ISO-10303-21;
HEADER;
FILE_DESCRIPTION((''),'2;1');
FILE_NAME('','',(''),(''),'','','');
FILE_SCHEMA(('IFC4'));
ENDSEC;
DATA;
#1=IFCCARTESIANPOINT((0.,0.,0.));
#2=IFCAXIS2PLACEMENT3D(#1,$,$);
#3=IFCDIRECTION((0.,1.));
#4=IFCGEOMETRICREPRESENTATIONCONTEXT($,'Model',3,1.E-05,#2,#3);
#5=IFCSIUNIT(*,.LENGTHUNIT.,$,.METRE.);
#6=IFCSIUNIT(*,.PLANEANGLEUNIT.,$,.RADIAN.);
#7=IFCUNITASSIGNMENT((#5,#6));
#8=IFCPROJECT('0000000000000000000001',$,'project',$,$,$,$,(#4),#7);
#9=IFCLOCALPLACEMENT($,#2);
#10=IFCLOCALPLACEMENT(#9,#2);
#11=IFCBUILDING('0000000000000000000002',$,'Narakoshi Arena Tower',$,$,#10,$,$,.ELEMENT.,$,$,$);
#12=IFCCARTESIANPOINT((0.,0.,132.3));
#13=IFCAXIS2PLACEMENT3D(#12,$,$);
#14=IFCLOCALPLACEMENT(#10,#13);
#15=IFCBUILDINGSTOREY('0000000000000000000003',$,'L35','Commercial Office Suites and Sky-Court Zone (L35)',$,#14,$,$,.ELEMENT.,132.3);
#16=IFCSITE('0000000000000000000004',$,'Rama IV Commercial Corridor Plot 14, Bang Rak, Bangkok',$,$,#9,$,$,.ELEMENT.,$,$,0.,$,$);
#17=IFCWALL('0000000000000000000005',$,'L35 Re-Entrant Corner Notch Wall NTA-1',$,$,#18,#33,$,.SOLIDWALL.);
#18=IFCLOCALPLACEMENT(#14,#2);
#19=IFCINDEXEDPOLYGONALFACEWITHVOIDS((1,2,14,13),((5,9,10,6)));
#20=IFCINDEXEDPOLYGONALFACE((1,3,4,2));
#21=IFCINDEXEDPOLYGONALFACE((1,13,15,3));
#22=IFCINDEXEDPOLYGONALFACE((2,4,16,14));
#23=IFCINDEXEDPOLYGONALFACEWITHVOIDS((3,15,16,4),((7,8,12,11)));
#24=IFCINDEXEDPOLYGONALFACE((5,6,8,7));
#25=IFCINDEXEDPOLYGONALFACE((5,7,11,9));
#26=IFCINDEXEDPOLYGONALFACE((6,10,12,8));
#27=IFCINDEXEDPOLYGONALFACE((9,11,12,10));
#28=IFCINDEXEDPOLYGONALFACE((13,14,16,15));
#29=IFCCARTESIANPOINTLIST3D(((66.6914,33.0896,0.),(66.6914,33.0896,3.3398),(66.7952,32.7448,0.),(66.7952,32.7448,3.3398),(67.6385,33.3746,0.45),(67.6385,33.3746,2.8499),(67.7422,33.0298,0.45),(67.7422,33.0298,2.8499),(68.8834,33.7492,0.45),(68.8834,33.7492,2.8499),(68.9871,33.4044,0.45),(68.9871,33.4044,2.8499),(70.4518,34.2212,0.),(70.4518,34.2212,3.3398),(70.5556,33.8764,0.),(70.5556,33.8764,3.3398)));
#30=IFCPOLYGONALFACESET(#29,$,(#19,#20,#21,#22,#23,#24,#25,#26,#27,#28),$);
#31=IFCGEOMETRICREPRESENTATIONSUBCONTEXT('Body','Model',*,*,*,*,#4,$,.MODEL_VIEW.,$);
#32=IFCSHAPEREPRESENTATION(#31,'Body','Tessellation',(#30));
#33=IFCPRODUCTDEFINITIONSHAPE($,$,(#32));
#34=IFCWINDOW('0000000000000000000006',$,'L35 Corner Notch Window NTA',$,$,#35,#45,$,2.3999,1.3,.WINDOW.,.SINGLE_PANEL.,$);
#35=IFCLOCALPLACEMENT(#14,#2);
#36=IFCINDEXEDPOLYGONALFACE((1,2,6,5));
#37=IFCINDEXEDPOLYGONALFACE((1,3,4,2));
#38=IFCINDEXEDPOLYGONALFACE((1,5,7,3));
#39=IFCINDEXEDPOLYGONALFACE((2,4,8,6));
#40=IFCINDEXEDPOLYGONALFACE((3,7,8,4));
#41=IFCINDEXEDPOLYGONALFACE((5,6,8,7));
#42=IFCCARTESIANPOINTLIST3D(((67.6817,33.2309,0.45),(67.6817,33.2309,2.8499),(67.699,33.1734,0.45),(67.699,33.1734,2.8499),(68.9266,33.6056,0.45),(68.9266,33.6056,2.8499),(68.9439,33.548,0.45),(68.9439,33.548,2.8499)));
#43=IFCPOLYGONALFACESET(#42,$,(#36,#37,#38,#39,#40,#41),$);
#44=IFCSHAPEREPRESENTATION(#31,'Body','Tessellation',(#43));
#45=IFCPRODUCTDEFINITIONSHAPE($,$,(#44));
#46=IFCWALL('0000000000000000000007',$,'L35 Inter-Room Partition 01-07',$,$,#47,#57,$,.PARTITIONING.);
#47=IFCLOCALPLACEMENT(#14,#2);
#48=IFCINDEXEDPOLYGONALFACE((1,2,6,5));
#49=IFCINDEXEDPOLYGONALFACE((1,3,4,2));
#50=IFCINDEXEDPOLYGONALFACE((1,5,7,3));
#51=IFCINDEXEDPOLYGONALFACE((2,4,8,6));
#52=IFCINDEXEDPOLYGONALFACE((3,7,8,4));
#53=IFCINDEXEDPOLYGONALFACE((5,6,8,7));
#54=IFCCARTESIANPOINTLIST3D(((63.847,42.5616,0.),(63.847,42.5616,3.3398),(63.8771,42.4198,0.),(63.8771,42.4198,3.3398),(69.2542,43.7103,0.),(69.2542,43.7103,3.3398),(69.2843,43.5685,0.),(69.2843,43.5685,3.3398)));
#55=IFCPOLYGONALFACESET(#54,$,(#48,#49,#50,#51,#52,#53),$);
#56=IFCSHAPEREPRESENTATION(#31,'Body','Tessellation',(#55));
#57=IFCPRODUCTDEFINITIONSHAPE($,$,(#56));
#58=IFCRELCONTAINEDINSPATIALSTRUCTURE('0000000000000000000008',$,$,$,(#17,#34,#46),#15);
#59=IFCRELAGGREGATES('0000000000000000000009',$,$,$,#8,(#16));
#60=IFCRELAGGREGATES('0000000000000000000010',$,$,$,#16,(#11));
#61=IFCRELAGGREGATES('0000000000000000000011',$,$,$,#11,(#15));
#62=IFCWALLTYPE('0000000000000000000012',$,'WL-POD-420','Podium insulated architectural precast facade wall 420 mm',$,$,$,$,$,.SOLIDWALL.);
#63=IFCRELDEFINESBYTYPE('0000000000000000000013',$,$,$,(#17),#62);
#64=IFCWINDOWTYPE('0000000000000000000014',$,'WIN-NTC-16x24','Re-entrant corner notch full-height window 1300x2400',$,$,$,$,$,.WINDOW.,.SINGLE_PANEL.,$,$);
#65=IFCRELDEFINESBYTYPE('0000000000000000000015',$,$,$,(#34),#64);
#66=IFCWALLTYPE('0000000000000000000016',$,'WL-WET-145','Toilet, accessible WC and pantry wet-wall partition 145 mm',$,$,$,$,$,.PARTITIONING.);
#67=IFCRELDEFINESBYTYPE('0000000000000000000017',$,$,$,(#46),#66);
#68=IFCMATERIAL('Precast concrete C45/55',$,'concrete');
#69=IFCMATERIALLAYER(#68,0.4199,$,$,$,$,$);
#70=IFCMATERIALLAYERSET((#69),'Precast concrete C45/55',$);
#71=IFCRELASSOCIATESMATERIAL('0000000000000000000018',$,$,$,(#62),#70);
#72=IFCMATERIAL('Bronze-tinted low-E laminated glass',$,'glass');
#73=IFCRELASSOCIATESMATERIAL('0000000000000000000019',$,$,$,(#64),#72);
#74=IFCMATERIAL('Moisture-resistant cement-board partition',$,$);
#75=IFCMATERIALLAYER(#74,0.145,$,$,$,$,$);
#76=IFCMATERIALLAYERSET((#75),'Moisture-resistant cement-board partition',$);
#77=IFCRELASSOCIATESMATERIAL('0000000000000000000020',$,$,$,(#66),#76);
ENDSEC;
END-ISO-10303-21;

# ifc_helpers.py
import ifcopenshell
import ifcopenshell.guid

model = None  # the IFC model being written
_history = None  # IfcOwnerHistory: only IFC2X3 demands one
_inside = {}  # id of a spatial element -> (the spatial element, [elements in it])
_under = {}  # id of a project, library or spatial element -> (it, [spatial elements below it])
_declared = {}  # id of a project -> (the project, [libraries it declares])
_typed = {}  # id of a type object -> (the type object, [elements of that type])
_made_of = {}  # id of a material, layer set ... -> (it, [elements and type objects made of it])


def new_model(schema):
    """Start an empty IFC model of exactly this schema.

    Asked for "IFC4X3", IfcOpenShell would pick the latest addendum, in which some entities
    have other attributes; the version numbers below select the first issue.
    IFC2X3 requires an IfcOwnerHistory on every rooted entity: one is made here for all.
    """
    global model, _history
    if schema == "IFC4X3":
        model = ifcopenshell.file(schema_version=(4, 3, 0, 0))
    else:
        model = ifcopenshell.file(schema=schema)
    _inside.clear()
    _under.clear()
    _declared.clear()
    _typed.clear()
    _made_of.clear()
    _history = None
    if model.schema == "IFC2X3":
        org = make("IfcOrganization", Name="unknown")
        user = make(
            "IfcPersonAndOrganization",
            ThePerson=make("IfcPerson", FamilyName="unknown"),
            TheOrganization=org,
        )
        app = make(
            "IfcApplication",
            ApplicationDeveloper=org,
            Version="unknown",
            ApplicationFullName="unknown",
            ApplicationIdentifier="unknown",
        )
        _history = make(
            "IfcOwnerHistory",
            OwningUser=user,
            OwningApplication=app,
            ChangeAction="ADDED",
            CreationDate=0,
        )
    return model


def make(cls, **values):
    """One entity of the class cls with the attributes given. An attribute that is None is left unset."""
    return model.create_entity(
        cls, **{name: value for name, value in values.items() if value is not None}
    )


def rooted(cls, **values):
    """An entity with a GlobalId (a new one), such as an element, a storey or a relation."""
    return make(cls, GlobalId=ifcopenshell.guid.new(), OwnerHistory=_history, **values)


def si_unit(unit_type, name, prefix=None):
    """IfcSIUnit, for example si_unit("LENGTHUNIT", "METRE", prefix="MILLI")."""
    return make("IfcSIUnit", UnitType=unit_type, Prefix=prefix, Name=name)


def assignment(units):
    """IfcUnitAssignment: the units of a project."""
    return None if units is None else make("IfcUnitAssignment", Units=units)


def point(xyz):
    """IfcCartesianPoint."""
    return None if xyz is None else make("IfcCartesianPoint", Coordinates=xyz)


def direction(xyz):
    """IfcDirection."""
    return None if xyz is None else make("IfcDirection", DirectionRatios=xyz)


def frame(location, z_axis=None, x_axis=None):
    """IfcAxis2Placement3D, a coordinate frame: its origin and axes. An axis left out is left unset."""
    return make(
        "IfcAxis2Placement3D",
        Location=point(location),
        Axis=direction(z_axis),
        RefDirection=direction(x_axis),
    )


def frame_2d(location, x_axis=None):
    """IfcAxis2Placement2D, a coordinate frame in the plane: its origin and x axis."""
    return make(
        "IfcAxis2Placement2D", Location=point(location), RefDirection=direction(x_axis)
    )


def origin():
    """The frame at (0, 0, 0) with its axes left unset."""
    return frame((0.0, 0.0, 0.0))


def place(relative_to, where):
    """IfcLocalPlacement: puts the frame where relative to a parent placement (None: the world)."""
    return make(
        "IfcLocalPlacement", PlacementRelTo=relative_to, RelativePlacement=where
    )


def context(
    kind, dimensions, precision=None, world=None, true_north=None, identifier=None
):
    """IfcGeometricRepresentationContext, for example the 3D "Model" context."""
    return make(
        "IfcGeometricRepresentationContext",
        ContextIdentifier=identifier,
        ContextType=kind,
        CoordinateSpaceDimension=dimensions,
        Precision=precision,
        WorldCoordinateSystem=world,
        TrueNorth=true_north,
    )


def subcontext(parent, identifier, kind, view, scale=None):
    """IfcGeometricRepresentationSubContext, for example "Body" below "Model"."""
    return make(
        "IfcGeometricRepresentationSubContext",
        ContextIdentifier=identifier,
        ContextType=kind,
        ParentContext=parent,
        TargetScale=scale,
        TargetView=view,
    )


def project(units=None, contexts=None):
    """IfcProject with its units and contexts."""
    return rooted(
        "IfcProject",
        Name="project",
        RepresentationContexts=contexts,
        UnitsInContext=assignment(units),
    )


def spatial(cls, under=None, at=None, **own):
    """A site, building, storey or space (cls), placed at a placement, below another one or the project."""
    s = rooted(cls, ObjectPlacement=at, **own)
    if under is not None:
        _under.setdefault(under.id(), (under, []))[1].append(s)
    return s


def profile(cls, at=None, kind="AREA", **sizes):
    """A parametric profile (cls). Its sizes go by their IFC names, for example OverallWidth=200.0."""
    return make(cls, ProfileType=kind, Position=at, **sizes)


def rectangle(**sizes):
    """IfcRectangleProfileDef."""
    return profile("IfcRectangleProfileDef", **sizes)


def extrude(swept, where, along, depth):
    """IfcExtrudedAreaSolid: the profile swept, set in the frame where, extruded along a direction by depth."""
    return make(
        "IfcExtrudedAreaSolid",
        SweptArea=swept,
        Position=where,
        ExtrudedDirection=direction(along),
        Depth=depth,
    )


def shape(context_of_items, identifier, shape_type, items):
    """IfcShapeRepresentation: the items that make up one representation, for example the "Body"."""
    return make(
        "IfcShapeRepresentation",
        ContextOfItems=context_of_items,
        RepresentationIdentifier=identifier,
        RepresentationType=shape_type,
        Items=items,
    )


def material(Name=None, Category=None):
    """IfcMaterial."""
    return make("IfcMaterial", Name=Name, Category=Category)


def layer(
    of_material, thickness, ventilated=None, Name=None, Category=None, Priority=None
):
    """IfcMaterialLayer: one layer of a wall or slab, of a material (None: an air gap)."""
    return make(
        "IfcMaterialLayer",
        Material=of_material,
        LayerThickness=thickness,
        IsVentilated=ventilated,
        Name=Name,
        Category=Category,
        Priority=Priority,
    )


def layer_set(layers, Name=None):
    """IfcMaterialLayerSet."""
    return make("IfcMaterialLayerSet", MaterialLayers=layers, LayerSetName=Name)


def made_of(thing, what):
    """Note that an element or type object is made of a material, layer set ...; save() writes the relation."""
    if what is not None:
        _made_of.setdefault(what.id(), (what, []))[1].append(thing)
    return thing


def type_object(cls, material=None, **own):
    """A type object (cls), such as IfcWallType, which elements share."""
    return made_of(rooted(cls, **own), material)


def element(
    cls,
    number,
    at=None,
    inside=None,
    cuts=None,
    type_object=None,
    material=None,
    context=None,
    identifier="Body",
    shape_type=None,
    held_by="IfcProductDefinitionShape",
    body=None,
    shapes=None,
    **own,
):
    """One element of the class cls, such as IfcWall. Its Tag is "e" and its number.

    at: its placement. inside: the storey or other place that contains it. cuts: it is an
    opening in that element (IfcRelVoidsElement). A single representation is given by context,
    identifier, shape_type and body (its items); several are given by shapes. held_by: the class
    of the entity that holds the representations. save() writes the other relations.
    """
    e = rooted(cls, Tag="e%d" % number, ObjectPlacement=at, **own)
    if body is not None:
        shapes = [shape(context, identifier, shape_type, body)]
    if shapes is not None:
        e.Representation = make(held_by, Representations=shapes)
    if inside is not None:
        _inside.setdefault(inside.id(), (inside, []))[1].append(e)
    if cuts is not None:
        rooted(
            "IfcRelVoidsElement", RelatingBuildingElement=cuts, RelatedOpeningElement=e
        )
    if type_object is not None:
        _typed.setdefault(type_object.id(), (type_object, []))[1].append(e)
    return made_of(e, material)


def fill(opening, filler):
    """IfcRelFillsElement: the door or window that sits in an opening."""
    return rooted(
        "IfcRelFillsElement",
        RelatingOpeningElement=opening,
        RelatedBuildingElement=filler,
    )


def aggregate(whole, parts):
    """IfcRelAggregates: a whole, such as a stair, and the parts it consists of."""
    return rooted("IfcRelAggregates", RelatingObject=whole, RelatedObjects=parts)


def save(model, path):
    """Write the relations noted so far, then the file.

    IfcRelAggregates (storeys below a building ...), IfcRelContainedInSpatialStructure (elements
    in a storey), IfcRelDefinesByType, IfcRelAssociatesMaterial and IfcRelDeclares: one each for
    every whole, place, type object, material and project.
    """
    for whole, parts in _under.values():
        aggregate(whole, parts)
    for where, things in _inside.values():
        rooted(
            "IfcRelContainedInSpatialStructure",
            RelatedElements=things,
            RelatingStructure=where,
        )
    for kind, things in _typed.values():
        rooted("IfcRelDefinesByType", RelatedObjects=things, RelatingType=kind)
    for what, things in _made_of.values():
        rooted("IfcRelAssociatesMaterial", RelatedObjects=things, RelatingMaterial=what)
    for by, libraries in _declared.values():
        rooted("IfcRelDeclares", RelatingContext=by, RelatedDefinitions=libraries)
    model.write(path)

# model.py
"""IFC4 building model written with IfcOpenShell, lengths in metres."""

from ifc_helpers import new_model, si_unit, direction, frame, frame_2d, origin, place, context, subcontext, project, spatial, rectangle, extrude, material, layer, layer_set, type_object, element, fill, save


model = new_model("IFC4")

# Units and contexts
model_context = context("Model", 3, precision=1e-05, world=origin(), true_north=direction((0.0, 1.0)))
body_context = subcontext(model_context, "Body", "Model", "MODEL_VIEW")
ifc_project = project(units=[si_unit("LENGTHUNIT", "METRE"), si_unit("PLANEANGLEUNIT", "RADIAN")], contexts=[model_context])

# Site, building, storey
site_placement = place(None, origin())
site = spatial("IfcSite", under=ifc_project, at=site_placement, Name="Rama IV Commercial Corridor Plot 14, Bang Rak, Bangkok", CompositionType="ELEMENT", RefElevation=0.0)
building_placement = place(site_placement, origin())
building = spatial("IfcBuilding", under=site, at=building_placement, Name="Narakoshi Arena Tower", CompositionType="ELEMENT")
storey_placement = place(building_placement, frame((0.0, 0.0, 132.3)))
storey = spatial("IfcBuildingStorey", under=building, at=storey_placement, Name="L35", Description="Commercial Office Suites and Sky-Court Zone (L35)", CompositionType="ELEMENT", Elevation=132.3)

# Wall, opening, window
ifc_material_1 = material(Name="Precast concrete C45/55", Category="concrete")
ifc_layer_1 = layer(ifc_material_1, 0.4199)
ifc_layer_set_1 = layer_set([ifc_layer_1], Name="Precast concrete C45/55")
wall_type_1 = type_object("IfcWallType", Name="WL-POD-420", Description="Podium insulated architectural precast facade wall 420 mm", PredefinedType="SOLIDWALL", material=ifc_layer_set_1)
ifc_material_2 = material(Name="Bronze-tinted low-E laminated glass", Category="glass")
wall_1_placement = place(storey_placement, frame((66.7434, 32.9172, 0.0), z_axis=(0.0, 0.0, 1.0), x_axis=(0.957585, 0.288152, 0.0)))
wall_1 = element("IfcWall", 1, at=wall_1_placement, inside=storey, type_object=wall_type_1, Name="L35 Re-Entrant Corner Notch Wall NTA-1", PredefinedType="SOLIDWALL", context=body_context, shape_type="SweptSolid", body=[
    extrude(rectangle(XDim=3.927, YDim=0.3601, at=frame_2d((1.9634, 0.0))), origin(), (0.0, 0.0, 1.0), 3.3398),
])
opening_1_placement = place(wall_1_placement, frame((0.989, 0.0, 0.45)))
opening_1 = element("IfcOpeningElement", 2, at=opening_1_placement, cuts=wall_1, PredefinedType="OPENING", context=body_context, shape_type="SweptSolid", body=[
    extrude(rectangle(XDim=1.3, YDim=2.3999, at=frame_2d((0.6499, 1.2))), frame((0.0, 0.1899, 0.0), z_axis=(0.0, -1.0, 0.0), x_axis=(1.0, 0.0, 0.0)), (0.0, 0.0, 1.0), 0.3801),
])
window_type_1 = type_object("IfcWindowType", Name="WIN-NTC-16x24", Description="Re-entrant corner notch full-height window 1300x2400", PartitioningType="SINGLE_PANEL", PredefinedType="WINDOW", material=ifc_material_2)
window_1_placement = place(opening_1_placement, origin())
window_1 = element("IfcWindow", 3, at=window_1_placement, inside=storey, type_object=window_type_1, Name="L35 Corner Notch Window NTA", OverallHeight=2.3999, OverallWidth=1.3, PartitioningType="SINGLE_PANEL", PredefinedType="WINDOW", context=body_context, shape_type="SweptSolid", body=[
    extrude(rectangle(XDim=1.3, YDim=2.3999, at=frame_2d((0.6499, 1.2))), frame((0.0, 0.03, 0.0), z_axis=(0.0, -1.0, 0.0), x_axis=(1.0, 0.0, 0.0)), (0.0, 0.0, 1.0), 0.0601),
])
fill(opening_1, window_1)

# Wall
ifc_material_3 = material(Name="Moisture-resistant cement-board partition")
ifc_layer_2 = layer(ifc_material_3, 0.145)
ifc_layer_set_2 = layer_set([ifc_layer_2], Name="Moisture-resistant cement-board partition")
wall_type_2 = type_object("IfcWallType", Name="WL-WET-145", Description="Toilet, accessible WC and pantry wet-wall partition 145 mm", PredefinedType="PARTITIONING", material=ifc_layer_set_2)
wall_2_placement = place(storey_placement, frame((63.8621, 42.4907, 0.0), z_axis=(0.0, 0.0, 1.0), x_axis=(0.978172, 0.207797, 0.0)))
element("IfcWall", 4, at=wall_2_placement, inside=storey, type_object=wall_type_2, Name="L35 Inter-Room Partition 01-07", PredefinedType="PARTITIONING", context=body_context, shape_type="SweptSolid", body=[
    extrude(rectangle(XDim=5.5278, YDim=0.145, at=frame_2d((2.7639, 0.0))), origin(), (0.0, 0.0, 1.0), 3.3398),
])

save(model, "model.ifc")
